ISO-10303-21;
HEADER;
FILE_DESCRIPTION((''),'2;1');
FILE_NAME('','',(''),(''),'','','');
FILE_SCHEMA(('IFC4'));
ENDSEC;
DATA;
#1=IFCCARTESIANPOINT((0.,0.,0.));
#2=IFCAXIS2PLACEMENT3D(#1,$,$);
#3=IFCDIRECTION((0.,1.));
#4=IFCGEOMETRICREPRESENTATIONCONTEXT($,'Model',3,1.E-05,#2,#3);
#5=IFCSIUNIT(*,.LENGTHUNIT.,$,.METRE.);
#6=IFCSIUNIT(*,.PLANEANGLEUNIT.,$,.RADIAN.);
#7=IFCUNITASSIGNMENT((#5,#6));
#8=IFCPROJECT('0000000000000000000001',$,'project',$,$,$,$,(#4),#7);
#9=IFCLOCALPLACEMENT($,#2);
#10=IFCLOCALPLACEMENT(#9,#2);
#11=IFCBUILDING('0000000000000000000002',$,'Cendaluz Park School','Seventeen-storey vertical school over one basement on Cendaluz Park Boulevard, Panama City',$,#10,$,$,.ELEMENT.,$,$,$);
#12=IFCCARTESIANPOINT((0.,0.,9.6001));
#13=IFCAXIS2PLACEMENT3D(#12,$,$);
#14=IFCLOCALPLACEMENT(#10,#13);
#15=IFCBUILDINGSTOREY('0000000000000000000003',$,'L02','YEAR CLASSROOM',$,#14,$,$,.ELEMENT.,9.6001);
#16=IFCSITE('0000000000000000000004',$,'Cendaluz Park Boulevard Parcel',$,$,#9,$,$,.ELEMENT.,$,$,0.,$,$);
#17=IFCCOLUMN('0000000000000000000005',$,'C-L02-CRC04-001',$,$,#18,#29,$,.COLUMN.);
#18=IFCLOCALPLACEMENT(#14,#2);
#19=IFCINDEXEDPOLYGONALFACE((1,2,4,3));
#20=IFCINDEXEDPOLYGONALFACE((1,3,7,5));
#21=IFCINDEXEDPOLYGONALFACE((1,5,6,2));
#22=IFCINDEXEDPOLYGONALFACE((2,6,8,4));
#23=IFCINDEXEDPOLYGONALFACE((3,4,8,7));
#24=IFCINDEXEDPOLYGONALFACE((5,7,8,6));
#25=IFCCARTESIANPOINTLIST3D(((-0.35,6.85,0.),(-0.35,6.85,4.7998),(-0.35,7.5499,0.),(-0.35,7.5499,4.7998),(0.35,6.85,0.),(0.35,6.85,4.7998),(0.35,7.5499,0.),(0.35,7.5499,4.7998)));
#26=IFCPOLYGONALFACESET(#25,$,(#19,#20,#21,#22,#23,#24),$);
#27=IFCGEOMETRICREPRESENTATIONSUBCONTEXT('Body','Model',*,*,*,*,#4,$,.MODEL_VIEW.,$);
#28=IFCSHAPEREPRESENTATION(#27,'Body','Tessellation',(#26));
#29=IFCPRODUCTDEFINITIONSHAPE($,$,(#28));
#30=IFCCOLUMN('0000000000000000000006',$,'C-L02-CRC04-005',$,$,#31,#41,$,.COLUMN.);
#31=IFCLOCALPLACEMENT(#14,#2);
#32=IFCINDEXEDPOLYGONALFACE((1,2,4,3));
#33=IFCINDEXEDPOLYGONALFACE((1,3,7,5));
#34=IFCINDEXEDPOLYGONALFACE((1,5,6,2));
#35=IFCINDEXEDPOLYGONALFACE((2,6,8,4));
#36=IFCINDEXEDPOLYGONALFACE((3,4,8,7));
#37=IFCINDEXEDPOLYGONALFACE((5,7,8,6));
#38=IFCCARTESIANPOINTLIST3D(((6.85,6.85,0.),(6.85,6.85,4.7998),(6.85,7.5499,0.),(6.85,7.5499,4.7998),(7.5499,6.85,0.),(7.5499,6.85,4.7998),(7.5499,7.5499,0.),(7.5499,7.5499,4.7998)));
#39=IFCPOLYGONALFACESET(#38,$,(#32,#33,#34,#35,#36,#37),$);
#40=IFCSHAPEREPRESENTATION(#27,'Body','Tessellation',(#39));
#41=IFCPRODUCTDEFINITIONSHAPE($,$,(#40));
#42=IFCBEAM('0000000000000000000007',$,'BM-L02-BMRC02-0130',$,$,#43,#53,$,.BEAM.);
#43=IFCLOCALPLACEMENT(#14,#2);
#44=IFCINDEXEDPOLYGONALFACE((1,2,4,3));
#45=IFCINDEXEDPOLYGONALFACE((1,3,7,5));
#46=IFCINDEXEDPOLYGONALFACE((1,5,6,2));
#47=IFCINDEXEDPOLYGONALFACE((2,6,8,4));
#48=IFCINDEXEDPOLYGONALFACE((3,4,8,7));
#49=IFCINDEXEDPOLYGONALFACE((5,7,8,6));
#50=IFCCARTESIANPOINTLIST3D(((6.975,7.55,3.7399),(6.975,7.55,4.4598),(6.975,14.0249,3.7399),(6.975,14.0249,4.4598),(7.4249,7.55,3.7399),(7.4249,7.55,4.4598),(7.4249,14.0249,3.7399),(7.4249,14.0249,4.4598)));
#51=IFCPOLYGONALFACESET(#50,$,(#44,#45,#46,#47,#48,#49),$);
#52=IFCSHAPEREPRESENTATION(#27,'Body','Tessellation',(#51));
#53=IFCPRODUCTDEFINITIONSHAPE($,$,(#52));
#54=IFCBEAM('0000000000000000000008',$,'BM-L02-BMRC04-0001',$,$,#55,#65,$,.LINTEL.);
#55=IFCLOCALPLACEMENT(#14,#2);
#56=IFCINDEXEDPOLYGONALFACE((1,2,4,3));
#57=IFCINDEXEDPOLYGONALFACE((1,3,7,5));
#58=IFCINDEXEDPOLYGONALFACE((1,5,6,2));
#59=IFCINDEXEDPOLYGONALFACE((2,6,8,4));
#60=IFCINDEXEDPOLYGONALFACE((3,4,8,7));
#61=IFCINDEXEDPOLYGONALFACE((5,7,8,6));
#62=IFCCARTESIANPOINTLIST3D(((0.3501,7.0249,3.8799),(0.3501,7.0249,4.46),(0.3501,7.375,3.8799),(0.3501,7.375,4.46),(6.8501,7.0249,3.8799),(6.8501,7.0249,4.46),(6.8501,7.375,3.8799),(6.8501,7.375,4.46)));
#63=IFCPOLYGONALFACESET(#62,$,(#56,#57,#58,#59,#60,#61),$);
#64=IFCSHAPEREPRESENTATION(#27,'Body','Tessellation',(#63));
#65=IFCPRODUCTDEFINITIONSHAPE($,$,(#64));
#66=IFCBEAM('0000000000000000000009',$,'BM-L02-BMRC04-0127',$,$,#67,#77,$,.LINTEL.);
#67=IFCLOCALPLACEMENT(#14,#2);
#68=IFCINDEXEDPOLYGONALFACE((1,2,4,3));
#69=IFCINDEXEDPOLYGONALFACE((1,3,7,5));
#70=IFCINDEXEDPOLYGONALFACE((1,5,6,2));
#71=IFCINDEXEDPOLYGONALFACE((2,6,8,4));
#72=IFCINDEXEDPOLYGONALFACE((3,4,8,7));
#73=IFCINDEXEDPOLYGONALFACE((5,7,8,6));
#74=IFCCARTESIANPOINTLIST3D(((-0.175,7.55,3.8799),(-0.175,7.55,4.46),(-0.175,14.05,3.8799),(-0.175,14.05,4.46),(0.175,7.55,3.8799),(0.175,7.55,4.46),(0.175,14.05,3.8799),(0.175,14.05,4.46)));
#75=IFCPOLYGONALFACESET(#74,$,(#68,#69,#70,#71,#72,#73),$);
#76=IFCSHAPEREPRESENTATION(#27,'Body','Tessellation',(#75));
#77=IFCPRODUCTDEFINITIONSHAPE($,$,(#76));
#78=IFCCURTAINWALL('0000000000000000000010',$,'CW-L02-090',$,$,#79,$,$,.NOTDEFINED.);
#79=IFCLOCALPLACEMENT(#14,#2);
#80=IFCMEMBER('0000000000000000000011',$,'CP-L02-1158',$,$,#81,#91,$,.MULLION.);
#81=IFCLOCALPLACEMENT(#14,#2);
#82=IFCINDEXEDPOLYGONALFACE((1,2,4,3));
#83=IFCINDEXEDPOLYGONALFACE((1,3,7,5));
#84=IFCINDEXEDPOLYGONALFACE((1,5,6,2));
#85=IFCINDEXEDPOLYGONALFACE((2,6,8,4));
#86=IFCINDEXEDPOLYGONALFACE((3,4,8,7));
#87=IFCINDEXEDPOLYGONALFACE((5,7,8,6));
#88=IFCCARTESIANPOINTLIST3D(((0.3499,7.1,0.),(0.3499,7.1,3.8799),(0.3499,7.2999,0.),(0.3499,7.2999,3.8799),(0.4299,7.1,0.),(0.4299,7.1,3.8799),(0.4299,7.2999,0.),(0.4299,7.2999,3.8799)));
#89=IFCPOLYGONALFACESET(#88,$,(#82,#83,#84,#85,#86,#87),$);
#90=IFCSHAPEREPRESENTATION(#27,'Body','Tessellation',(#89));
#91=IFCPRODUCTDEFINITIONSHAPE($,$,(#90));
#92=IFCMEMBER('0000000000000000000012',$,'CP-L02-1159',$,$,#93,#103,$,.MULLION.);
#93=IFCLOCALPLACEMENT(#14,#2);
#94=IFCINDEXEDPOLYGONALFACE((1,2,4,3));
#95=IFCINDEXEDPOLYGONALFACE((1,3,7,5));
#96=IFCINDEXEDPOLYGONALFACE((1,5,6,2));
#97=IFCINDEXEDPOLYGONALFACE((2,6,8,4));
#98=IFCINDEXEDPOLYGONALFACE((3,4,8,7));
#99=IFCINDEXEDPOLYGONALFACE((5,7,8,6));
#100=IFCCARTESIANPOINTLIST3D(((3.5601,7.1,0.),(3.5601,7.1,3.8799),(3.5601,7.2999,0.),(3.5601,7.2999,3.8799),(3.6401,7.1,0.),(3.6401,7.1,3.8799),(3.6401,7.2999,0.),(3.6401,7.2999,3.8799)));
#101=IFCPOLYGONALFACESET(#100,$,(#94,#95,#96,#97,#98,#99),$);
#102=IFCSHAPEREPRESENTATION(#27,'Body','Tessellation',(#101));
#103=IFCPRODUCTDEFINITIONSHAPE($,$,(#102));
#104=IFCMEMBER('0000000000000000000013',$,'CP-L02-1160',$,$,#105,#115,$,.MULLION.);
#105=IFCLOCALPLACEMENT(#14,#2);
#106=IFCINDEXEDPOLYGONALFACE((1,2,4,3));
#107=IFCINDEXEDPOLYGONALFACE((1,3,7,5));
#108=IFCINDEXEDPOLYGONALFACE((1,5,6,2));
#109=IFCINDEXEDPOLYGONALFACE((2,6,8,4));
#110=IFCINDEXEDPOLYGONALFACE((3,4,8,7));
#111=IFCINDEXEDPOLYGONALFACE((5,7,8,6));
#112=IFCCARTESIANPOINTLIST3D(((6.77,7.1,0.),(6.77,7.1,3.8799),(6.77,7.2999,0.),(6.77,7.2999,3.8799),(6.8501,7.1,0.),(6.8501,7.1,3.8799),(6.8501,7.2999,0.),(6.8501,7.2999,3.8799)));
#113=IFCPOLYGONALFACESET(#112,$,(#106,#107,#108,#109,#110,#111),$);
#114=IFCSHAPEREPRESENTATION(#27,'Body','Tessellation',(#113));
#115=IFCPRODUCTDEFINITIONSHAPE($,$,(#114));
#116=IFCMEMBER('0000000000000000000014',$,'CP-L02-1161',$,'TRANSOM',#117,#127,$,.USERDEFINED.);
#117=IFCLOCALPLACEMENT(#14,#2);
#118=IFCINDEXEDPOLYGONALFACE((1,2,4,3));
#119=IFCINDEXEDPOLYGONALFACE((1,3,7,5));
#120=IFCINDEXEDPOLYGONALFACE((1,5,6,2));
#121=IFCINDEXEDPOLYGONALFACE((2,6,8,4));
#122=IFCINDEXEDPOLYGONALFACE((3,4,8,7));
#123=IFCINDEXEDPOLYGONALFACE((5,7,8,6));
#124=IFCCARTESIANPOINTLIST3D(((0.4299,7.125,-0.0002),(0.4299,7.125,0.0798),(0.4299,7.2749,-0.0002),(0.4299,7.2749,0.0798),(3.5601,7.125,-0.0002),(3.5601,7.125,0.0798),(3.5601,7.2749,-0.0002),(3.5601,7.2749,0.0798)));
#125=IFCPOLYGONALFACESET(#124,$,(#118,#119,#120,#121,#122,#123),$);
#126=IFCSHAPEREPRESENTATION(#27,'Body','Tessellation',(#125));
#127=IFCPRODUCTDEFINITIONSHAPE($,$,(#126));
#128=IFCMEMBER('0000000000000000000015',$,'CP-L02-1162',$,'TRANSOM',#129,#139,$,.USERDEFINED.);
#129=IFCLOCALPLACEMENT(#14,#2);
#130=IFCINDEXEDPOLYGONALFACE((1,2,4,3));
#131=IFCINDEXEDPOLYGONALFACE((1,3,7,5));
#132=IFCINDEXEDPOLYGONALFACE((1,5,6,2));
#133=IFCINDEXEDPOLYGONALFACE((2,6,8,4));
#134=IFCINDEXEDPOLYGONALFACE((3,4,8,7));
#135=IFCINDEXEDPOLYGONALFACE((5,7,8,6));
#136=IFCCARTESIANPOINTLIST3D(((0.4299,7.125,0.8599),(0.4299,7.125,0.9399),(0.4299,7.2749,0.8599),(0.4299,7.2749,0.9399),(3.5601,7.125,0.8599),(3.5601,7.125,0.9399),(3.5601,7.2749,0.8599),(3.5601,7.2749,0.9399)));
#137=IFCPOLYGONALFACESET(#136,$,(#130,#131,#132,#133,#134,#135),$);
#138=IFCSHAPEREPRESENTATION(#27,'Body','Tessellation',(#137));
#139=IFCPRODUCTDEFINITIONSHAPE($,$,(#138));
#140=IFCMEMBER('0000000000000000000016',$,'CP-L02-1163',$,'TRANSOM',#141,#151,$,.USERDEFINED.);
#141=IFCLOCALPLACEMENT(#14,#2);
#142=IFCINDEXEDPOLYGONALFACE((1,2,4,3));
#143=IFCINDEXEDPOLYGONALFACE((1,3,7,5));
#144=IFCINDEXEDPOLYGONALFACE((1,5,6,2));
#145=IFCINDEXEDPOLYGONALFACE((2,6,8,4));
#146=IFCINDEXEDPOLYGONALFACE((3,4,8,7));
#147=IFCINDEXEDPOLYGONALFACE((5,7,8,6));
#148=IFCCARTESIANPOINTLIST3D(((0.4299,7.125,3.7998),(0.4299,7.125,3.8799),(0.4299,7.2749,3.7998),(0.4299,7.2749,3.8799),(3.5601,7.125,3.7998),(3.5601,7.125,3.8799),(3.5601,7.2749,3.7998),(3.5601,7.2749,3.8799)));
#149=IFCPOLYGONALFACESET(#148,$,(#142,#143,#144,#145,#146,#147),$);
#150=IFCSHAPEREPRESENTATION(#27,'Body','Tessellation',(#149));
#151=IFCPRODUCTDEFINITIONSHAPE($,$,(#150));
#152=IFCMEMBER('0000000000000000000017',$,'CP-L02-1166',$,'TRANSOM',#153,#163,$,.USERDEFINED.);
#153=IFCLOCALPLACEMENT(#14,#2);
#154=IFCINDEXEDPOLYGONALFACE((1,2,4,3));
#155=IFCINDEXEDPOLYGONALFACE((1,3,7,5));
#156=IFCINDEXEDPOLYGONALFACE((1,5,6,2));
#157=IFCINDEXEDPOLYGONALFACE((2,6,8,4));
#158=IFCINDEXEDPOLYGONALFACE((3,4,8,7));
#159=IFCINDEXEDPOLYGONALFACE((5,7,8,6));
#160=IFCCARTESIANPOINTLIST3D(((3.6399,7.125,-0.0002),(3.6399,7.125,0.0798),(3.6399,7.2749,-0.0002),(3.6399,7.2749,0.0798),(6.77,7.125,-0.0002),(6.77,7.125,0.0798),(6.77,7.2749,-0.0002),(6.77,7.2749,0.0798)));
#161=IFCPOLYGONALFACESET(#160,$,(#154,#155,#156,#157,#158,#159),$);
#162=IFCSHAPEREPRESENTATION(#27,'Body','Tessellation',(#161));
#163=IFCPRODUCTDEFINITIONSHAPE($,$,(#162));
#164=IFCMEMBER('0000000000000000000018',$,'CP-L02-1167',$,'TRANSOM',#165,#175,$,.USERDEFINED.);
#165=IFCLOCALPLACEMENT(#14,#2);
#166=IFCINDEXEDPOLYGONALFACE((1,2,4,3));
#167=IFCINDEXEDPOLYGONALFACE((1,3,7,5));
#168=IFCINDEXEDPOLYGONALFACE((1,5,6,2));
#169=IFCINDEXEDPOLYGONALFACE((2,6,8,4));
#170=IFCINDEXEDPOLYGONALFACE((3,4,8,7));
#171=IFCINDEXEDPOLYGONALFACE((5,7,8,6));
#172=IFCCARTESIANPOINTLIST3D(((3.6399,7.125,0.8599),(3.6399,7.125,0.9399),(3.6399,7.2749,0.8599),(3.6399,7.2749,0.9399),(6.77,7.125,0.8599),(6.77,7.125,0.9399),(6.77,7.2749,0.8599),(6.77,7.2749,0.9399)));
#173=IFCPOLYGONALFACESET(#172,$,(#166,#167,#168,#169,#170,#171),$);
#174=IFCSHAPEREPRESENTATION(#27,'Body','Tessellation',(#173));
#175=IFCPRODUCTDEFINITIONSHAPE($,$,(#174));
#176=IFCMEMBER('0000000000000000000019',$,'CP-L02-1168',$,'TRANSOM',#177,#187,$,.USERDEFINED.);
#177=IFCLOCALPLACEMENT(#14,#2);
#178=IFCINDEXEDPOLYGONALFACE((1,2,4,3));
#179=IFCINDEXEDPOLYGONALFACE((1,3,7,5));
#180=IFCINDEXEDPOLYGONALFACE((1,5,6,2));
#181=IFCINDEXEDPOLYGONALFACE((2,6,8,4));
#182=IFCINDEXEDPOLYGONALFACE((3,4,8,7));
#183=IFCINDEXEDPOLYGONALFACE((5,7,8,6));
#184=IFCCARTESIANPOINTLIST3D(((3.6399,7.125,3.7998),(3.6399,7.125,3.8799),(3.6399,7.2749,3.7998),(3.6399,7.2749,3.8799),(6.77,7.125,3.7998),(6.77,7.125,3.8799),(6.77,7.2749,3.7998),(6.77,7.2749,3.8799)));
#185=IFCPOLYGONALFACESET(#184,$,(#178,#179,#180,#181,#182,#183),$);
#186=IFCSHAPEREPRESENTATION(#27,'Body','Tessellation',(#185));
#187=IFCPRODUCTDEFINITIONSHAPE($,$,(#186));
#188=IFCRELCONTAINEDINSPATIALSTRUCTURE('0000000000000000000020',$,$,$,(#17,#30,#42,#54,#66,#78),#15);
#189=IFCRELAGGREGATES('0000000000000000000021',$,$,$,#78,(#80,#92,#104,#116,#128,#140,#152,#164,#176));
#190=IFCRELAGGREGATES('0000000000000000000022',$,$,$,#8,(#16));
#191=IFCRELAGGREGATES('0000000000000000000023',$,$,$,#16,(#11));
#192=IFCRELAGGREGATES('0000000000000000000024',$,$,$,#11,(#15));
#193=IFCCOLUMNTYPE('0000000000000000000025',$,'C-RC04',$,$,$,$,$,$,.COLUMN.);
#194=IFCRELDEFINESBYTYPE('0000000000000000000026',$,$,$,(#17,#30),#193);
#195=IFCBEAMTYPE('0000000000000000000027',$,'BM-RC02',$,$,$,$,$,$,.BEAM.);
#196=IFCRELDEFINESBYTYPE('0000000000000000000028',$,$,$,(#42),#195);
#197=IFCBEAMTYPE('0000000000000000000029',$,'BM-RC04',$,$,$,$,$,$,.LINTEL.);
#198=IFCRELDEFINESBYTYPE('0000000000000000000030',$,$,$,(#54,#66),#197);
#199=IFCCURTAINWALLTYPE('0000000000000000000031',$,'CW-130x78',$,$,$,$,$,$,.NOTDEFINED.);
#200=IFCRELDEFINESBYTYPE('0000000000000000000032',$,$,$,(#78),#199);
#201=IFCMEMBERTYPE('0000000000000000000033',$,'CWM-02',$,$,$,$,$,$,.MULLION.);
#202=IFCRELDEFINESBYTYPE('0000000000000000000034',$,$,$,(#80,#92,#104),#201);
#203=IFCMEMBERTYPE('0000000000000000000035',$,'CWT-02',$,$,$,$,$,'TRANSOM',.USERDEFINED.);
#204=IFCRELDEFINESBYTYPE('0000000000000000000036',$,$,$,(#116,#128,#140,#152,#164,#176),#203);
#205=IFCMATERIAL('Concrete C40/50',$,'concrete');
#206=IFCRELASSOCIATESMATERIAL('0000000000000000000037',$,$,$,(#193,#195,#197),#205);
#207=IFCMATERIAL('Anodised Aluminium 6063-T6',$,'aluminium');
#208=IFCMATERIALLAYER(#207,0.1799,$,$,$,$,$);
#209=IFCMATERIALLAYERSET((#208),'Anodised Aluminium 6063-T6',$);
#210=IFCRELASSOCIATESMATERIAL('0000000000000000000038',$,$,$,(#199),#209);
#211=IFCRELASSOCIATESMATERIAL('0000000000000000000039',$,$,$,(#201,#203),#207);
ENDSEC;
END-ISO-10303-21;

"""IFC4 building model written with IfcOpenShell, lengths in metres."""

from ifc_helpers import new_model, si_unit, direction, frame, origin, origin_2d, place, context, subcontext, project, spatial, rectangle, extrude, material, layer, layer_set, material_profile, profile_set, type_object, element, aggregate, save


model = new_model("IFC4")

# Units and contexts
model_context = context("Model", 3, precision=1e-05, world=origin(), true_north=direction((0.0, 1.0)))
body_context = subcontext(model_context, "Body", "Model", "MODEL_VIEW")
ifc_project = project(units=[si_unit("LENGTHUNIT", "METRE"), si_unit("PLANEANGLEUNIT", "RADIAN")], contexts=[model_context])

# Site, building, storey
site_placement = place(None, origin())
site = spatial("IfcSite", under=ifc_project, at=site_placement, Name="Cendaluz Park Boulevard Parcel", CompositionType="ELEMENT", RefElevation=0.0)
building_placement = place(site_placement, origin())
building = spatial("IfcBuilding", under=site, at=building_placement, Name="Cendaluz Park School", Description="Seventeen-storey vertical school over one basement on Cendaluz Park Boulevard, Panama City", CompositionType="ELEMENT")
storey_placement = place(building_placement, frame((0.0, 0.0, 9.6001)))
storey = spatial("IfcBuildingStorey", under=building, at=storey_placement, Name="L02", Description="YEAR CLASSROOM", CompositionType="ELEMENT", Elevation=9.6001)

# Columns
ifc_material_1 = material(Name="Concrete C40/50", Category="concrete")
ifc_material_profile_1 = material_profile(ifc_material_1, rectangle(XDim=0.7, YDim=0.7, at=origin_2d()), Name="RC 700x700", Category="concrete")
ifc_profile_set_1 = profile_set([ifc_material_profile_1], Name="Concrete C40/50")
column_type = type_object("IfcColumnType", Name="C-RC04", PredefinedType="COLUMN", material=ifc_profile_set_1)
for number, where, z_axis, x_axis, name in (
    (1, (0.0, 7.2, 0.0), (0.0, 0.0, 1.0), (1.0, 0.0, 0.0), "C-L02-CRC04-001"),
    (2, (7.2, 7.2, 0.0), (0.0, 0.0, 1.0), (1.0, 0.0, 0.0), "C-L02-CRC04-005"),
):
    element("IfcColumn", number, at=place(storey_placement, frame(where, z_axis=z_axis, x_axis=x_axis)), inside=storey, type_object=column_type, Name=name, PredefinedType="COLUMN", context=body_context, shape_type="SweptSolid", body=[
        extrude(rectangle(XDim=0.7, YDim=0.7, at=origin_2d()), origin(), (0.0, 0.0, 1.0), 4.7998),
    ])

# Beams
ifc_material_profile_2 = material_profile(ifc_material_1, rectangle(XDim=0.45, YDim=0.72, at=origin_2d()), Name="RC 450x720", Category="concrete")
ifc_profile_set_2 = profile_set([ifc_material_profile_2], Name="Concrete C40/50")
beam_type_1 = type_object("IfcBeamType", Name="BM-RC02", PredefinedType="BEAM", material=ifc_profile_set_2)
beam_placement = place(storey_placement, frame((7.2, 7.55, 4.0999), z_axis=(0.0, 1.0, 0.0), x_axis=(-1.0, 0.0, 0.0)))
element("IfcBeam", 3, at=beam_placement, inside=storey, type_object=beam_type_1, Name="BM-L02-BMRC02-0130", PredefinedType="BEAM", context=body_context, shape_type="SweptSolid", body=[
    extrude(rectangle(XDim=0.45, YDim=0.72, at=origin_2d()), origin(), (0.0, 0.0, 1.0), 6.4749),
])
ifc_material_profile_3 = material_profile(ifc_material_1, rectangle(XDim=0.3501, YDim=0.5801, at=origin_2d()), Name="RC 350x580", Category="concrete")
ifc_profile_set_3 = profile_set([ifc_material_profile_3], Name="Concrete C40/50")
beam_type_2 = type_object("IfcBeamType", Name="BM-RC04", PredefinedType="LINTEL", material=ifc_profile_set_3)
for number, where, z_axis, x_axis, name in (
    (4, (0.3501, 7.2, 4.1699), (1.0, 0.0, 0.0), (0.0, 1.0, 0.0), "BM-L02-BMRC04-0001"),
    (5, (0.0, 7.55, 4.1699), (0.0, 1.0, 0.0), (-1.0, 0.0, 0.0), "BM-L02-BMRC04-0127"),
):
    element("IfcBeam", number, at=place(storey_placement, frame(where, z_axis=z_axis, x_axis=x_axis)), inside=storey, type_object=beam_type_2, Name=name, PredefinedType="LINTEL", context=body_context, shape_type="SweptSolid", body=[
        extrude(rectangle(XDim=0.3501, YDim=0.5801, at=origin_2d()), origin(), (0.0, 0.0, 1.0), 6.5),
    ])

# Curtain wall, members
ifc_material_2 = material(Name="Anodised Aluminium 6063-T6", Category="aluminium")
ifc_layer_1 = layer(ifc_material_2, 0.1799)
ifc_layer_set_1 = layer_set([ifc_layer_1], Name="Anodised Aluminium 6063-T6")
curtain_wall_type = type_object("IfcCurtainWallType", Name="CW-130x78", PredefinedType="NOTDEFINED", material=ifc_layer_set_1)
curtain_wall_placement = place(storey_placement, origin())
curtain_wall = element("IfcCurtainWall", 6, at=curtain_wall_placement, inside=storey, type_object=curtain_wall_type, Name="CW-L02-090", PredefinedType="NOTDEFINED")
ifc_material_profile_4 = material_profile(ifc_material_2, rectangle(XDim=0.2, YDim=0.0801, at=origin_2d()), Name="CWM 200x80", Category="aluminium")
ifc_profile_set_4 = profile_set([ifc_material_profile_4], Name="Anodised Aluminium 6063-T6")
member_type_1 = type_object("IfcMemberType", Name="CWM-02", PredefinedType="MULLION", material=ifc_profile_set_4)
member_1_placement = place(storey_placement, frame((0.3899, 7.2, 0.0), z_axis=(0.0, 0.0, 1.0), x_axis=(0.0, 1.0, 0.0)))
member_1 = element("IfcMember", 7, at=member_1_placement, type_object=member_type_1, Name="CP-L02-1158", PredefinedType="MULLION", context=body_context, shape_type="SweptSolid", body=[
    extrude(rectangle(XDim=0.2, YDim=0.0801, at=origin_2d()), origin(), (0.0, 0.0, 1.0), 3.8799),
])
member_2_placement = place(storey_placement, frame((3.6001, 7.2, 0.0), z_axis=(0.0, 0.0, 1.0), x_axis=(0.0, 1.0, 0.0)))
member_2 = element("IfcMember", 8, at=member_2_placement, type_object=member_type_1, Name="CP-L02-1159", PredefinedType="MULLION", context=body_context, shape_type="SweptSolid", body=[
    extrude(rectangle(XDim=0.2, YDim=0.0801, at=origin_2d()), origin(), (0.0, 0.0, 1.0), 3.8799),
])
member_3_placement = place(storey_placement, frame((6.8101, 7.2, 0.0), z_axis=(0.0, 0.0, 1.0), x_axis=(0.0, 1.0, 0.0)))
member_3 = element("IfcMember", 9, at=member_3_placement, type_object=member_type_1, Name="CP-L02-1160", PredefinedType="MULLION", context=body_context, shape_type="SweptSolid", body=[
    extrude(rectangle(XDim=0.2, YDim=0.0801, at=origin_2d()), origin(), (0.0, 0.0, 1.0), 3.8799),
])
ifc_material_profile_5 = material_profile(ifc_material_2, rectangle(XDim=0.1499, YDim=0.0801, at=origin_2d()), Name="CWT 150x80", Category="aluminium")
ifc_profile_set_5 = profile_set([ifc_material_profile_5], Name="Anodised Aluminium 6063-T6")
member_type_2 = type_object("IfcMemberType", Name="CWT-02", ElementType="TRANSOM", PredefinedType="USERDEFINED", material=ifc_profile_set_5)
member_4_placement = place(storey_placement, frame((0.4299, 7.2, 0.0398), z_axis=(1.0, 0.0, 0.0), x_axis=(0.0, 1.0, 0.0)))
member_4 = element("IfcMember", 10, at=member_4_placement, type_object=member_type_2, Name="CP-L02-1161", ObjectType="TRANSOM", PredefinedType="USERDEFINED", context=body_context, shape_type="SweptSolid", body=[
    extrude(rectangle(XDim=0.1499, YDim=0.0801, at=origin_2d()), origin(), (0.0, 0.0, 1.0), 3.1301),
])
member_5_placement = place(storey_placement, frame((0.4299, 7.2, 0.8999), z_axis=(1.0, 0.0, 0.0), x_axis=(0.0, 1.0, 0.0)))
member_5 = element("IfcMember", 11, at=member_5_placement, type_object=member_type_2, Name="CP-L02-1162", ObjectType="TRANSOM", PredefinedType="USERDEFINED", context=body_context, shape_type="SweptSolid", body=[
    extrude(rectangle(XDim=0.1499, YDim=0.0801, at=origin_2d()), origin(), (0.0, 0.0, 1.0), 3.1301),
])
member_6_placement = place(storey_placement, frame((0.4299, 7.2, 3.8398), z_axis=(1.0, 0.0, 0.0), x_axis=(0.0, 1.0, 0.0)))
member_6 = element("IfcMember", 12, at=member_6_placement, type_object=member_type_2, Name="CP-L02-1163", ObjectType="TRANSOM", PredefinedType="USERDEFINED", context=body_context, shape_type="SweptSolid", body=[
    extrude(rectangle(XDim=0.1499, YDim=0.0801, at=origin_2d()), origin(), (0.0, 0.0, 1.0), 3.1301),
])
member_7_placement = place(storey_placement, frame((3.6399, 7.2, 0.0398), z_axis=(1.0, 0.0, 0.0), x_axis=(0.0, 1.0, 0.0)))
member_7 = element("IfcMember", 13, at=member_7_placement, type_object=member_type_2, Name="CP-L02-1166", ObjectType="TRANSOM", PredefinedType="USERDEFINED", context=body_context, shape_type="SweptSolid", body=[
    extrude(rectangle(XDim=0.1499, YDim=0.0801, at=origin_2d()), origin(), (0.0, 0.0, 1.0), 3.1301),
])
member_8_placement = place(storey_placement, frame((3.6399, 7.2, 0.8999), z_axis=(1.0, 0.0, 0.0), x_axis=(0.0, 1.0, 0.0)))
member_8 = element("IfcMember", 14, at=member_8_placement, type_object=member_type_2, Name="CP-L02-1167", ObjectType="TRANSOM", PredefinedType="USERDEFINED", context=body_context, shape_type="SweptSolid", body=[
    extrude(rectangle(XDim=0.1499, YDim=0.0801, at=origin_2d()), origin(), (0.0, 0.0, 1.0), 3.1301),
])
member_9_placement = place(storey_placement, frame((3.6399, 7.2, 3.8398), z_axis=(1.0, 0.0, 0.0), x_axis=(0.0, 1.0, 0.0)))
member_9 = element("IfcMember", 15, at=member_9_placement, type_object=member_type_2, Name="CP-L02-1168", ObjectType="TRANSOM", PredefinedType="USERDEFINED", context=body_context, shape_type="SweptSolid", body=[
    extrude(rectangle(XDim=0.1499, YDim=0.0801, at=origin_2d()), origin(), (0.0, 0.0, 1.0), 3.1301),
])
aggregate(curtain_wall, [member_1, member_2, member_3, member_4, member_5, member_6, member_7, member_8, member_9])

save(model, "model.ifc")
